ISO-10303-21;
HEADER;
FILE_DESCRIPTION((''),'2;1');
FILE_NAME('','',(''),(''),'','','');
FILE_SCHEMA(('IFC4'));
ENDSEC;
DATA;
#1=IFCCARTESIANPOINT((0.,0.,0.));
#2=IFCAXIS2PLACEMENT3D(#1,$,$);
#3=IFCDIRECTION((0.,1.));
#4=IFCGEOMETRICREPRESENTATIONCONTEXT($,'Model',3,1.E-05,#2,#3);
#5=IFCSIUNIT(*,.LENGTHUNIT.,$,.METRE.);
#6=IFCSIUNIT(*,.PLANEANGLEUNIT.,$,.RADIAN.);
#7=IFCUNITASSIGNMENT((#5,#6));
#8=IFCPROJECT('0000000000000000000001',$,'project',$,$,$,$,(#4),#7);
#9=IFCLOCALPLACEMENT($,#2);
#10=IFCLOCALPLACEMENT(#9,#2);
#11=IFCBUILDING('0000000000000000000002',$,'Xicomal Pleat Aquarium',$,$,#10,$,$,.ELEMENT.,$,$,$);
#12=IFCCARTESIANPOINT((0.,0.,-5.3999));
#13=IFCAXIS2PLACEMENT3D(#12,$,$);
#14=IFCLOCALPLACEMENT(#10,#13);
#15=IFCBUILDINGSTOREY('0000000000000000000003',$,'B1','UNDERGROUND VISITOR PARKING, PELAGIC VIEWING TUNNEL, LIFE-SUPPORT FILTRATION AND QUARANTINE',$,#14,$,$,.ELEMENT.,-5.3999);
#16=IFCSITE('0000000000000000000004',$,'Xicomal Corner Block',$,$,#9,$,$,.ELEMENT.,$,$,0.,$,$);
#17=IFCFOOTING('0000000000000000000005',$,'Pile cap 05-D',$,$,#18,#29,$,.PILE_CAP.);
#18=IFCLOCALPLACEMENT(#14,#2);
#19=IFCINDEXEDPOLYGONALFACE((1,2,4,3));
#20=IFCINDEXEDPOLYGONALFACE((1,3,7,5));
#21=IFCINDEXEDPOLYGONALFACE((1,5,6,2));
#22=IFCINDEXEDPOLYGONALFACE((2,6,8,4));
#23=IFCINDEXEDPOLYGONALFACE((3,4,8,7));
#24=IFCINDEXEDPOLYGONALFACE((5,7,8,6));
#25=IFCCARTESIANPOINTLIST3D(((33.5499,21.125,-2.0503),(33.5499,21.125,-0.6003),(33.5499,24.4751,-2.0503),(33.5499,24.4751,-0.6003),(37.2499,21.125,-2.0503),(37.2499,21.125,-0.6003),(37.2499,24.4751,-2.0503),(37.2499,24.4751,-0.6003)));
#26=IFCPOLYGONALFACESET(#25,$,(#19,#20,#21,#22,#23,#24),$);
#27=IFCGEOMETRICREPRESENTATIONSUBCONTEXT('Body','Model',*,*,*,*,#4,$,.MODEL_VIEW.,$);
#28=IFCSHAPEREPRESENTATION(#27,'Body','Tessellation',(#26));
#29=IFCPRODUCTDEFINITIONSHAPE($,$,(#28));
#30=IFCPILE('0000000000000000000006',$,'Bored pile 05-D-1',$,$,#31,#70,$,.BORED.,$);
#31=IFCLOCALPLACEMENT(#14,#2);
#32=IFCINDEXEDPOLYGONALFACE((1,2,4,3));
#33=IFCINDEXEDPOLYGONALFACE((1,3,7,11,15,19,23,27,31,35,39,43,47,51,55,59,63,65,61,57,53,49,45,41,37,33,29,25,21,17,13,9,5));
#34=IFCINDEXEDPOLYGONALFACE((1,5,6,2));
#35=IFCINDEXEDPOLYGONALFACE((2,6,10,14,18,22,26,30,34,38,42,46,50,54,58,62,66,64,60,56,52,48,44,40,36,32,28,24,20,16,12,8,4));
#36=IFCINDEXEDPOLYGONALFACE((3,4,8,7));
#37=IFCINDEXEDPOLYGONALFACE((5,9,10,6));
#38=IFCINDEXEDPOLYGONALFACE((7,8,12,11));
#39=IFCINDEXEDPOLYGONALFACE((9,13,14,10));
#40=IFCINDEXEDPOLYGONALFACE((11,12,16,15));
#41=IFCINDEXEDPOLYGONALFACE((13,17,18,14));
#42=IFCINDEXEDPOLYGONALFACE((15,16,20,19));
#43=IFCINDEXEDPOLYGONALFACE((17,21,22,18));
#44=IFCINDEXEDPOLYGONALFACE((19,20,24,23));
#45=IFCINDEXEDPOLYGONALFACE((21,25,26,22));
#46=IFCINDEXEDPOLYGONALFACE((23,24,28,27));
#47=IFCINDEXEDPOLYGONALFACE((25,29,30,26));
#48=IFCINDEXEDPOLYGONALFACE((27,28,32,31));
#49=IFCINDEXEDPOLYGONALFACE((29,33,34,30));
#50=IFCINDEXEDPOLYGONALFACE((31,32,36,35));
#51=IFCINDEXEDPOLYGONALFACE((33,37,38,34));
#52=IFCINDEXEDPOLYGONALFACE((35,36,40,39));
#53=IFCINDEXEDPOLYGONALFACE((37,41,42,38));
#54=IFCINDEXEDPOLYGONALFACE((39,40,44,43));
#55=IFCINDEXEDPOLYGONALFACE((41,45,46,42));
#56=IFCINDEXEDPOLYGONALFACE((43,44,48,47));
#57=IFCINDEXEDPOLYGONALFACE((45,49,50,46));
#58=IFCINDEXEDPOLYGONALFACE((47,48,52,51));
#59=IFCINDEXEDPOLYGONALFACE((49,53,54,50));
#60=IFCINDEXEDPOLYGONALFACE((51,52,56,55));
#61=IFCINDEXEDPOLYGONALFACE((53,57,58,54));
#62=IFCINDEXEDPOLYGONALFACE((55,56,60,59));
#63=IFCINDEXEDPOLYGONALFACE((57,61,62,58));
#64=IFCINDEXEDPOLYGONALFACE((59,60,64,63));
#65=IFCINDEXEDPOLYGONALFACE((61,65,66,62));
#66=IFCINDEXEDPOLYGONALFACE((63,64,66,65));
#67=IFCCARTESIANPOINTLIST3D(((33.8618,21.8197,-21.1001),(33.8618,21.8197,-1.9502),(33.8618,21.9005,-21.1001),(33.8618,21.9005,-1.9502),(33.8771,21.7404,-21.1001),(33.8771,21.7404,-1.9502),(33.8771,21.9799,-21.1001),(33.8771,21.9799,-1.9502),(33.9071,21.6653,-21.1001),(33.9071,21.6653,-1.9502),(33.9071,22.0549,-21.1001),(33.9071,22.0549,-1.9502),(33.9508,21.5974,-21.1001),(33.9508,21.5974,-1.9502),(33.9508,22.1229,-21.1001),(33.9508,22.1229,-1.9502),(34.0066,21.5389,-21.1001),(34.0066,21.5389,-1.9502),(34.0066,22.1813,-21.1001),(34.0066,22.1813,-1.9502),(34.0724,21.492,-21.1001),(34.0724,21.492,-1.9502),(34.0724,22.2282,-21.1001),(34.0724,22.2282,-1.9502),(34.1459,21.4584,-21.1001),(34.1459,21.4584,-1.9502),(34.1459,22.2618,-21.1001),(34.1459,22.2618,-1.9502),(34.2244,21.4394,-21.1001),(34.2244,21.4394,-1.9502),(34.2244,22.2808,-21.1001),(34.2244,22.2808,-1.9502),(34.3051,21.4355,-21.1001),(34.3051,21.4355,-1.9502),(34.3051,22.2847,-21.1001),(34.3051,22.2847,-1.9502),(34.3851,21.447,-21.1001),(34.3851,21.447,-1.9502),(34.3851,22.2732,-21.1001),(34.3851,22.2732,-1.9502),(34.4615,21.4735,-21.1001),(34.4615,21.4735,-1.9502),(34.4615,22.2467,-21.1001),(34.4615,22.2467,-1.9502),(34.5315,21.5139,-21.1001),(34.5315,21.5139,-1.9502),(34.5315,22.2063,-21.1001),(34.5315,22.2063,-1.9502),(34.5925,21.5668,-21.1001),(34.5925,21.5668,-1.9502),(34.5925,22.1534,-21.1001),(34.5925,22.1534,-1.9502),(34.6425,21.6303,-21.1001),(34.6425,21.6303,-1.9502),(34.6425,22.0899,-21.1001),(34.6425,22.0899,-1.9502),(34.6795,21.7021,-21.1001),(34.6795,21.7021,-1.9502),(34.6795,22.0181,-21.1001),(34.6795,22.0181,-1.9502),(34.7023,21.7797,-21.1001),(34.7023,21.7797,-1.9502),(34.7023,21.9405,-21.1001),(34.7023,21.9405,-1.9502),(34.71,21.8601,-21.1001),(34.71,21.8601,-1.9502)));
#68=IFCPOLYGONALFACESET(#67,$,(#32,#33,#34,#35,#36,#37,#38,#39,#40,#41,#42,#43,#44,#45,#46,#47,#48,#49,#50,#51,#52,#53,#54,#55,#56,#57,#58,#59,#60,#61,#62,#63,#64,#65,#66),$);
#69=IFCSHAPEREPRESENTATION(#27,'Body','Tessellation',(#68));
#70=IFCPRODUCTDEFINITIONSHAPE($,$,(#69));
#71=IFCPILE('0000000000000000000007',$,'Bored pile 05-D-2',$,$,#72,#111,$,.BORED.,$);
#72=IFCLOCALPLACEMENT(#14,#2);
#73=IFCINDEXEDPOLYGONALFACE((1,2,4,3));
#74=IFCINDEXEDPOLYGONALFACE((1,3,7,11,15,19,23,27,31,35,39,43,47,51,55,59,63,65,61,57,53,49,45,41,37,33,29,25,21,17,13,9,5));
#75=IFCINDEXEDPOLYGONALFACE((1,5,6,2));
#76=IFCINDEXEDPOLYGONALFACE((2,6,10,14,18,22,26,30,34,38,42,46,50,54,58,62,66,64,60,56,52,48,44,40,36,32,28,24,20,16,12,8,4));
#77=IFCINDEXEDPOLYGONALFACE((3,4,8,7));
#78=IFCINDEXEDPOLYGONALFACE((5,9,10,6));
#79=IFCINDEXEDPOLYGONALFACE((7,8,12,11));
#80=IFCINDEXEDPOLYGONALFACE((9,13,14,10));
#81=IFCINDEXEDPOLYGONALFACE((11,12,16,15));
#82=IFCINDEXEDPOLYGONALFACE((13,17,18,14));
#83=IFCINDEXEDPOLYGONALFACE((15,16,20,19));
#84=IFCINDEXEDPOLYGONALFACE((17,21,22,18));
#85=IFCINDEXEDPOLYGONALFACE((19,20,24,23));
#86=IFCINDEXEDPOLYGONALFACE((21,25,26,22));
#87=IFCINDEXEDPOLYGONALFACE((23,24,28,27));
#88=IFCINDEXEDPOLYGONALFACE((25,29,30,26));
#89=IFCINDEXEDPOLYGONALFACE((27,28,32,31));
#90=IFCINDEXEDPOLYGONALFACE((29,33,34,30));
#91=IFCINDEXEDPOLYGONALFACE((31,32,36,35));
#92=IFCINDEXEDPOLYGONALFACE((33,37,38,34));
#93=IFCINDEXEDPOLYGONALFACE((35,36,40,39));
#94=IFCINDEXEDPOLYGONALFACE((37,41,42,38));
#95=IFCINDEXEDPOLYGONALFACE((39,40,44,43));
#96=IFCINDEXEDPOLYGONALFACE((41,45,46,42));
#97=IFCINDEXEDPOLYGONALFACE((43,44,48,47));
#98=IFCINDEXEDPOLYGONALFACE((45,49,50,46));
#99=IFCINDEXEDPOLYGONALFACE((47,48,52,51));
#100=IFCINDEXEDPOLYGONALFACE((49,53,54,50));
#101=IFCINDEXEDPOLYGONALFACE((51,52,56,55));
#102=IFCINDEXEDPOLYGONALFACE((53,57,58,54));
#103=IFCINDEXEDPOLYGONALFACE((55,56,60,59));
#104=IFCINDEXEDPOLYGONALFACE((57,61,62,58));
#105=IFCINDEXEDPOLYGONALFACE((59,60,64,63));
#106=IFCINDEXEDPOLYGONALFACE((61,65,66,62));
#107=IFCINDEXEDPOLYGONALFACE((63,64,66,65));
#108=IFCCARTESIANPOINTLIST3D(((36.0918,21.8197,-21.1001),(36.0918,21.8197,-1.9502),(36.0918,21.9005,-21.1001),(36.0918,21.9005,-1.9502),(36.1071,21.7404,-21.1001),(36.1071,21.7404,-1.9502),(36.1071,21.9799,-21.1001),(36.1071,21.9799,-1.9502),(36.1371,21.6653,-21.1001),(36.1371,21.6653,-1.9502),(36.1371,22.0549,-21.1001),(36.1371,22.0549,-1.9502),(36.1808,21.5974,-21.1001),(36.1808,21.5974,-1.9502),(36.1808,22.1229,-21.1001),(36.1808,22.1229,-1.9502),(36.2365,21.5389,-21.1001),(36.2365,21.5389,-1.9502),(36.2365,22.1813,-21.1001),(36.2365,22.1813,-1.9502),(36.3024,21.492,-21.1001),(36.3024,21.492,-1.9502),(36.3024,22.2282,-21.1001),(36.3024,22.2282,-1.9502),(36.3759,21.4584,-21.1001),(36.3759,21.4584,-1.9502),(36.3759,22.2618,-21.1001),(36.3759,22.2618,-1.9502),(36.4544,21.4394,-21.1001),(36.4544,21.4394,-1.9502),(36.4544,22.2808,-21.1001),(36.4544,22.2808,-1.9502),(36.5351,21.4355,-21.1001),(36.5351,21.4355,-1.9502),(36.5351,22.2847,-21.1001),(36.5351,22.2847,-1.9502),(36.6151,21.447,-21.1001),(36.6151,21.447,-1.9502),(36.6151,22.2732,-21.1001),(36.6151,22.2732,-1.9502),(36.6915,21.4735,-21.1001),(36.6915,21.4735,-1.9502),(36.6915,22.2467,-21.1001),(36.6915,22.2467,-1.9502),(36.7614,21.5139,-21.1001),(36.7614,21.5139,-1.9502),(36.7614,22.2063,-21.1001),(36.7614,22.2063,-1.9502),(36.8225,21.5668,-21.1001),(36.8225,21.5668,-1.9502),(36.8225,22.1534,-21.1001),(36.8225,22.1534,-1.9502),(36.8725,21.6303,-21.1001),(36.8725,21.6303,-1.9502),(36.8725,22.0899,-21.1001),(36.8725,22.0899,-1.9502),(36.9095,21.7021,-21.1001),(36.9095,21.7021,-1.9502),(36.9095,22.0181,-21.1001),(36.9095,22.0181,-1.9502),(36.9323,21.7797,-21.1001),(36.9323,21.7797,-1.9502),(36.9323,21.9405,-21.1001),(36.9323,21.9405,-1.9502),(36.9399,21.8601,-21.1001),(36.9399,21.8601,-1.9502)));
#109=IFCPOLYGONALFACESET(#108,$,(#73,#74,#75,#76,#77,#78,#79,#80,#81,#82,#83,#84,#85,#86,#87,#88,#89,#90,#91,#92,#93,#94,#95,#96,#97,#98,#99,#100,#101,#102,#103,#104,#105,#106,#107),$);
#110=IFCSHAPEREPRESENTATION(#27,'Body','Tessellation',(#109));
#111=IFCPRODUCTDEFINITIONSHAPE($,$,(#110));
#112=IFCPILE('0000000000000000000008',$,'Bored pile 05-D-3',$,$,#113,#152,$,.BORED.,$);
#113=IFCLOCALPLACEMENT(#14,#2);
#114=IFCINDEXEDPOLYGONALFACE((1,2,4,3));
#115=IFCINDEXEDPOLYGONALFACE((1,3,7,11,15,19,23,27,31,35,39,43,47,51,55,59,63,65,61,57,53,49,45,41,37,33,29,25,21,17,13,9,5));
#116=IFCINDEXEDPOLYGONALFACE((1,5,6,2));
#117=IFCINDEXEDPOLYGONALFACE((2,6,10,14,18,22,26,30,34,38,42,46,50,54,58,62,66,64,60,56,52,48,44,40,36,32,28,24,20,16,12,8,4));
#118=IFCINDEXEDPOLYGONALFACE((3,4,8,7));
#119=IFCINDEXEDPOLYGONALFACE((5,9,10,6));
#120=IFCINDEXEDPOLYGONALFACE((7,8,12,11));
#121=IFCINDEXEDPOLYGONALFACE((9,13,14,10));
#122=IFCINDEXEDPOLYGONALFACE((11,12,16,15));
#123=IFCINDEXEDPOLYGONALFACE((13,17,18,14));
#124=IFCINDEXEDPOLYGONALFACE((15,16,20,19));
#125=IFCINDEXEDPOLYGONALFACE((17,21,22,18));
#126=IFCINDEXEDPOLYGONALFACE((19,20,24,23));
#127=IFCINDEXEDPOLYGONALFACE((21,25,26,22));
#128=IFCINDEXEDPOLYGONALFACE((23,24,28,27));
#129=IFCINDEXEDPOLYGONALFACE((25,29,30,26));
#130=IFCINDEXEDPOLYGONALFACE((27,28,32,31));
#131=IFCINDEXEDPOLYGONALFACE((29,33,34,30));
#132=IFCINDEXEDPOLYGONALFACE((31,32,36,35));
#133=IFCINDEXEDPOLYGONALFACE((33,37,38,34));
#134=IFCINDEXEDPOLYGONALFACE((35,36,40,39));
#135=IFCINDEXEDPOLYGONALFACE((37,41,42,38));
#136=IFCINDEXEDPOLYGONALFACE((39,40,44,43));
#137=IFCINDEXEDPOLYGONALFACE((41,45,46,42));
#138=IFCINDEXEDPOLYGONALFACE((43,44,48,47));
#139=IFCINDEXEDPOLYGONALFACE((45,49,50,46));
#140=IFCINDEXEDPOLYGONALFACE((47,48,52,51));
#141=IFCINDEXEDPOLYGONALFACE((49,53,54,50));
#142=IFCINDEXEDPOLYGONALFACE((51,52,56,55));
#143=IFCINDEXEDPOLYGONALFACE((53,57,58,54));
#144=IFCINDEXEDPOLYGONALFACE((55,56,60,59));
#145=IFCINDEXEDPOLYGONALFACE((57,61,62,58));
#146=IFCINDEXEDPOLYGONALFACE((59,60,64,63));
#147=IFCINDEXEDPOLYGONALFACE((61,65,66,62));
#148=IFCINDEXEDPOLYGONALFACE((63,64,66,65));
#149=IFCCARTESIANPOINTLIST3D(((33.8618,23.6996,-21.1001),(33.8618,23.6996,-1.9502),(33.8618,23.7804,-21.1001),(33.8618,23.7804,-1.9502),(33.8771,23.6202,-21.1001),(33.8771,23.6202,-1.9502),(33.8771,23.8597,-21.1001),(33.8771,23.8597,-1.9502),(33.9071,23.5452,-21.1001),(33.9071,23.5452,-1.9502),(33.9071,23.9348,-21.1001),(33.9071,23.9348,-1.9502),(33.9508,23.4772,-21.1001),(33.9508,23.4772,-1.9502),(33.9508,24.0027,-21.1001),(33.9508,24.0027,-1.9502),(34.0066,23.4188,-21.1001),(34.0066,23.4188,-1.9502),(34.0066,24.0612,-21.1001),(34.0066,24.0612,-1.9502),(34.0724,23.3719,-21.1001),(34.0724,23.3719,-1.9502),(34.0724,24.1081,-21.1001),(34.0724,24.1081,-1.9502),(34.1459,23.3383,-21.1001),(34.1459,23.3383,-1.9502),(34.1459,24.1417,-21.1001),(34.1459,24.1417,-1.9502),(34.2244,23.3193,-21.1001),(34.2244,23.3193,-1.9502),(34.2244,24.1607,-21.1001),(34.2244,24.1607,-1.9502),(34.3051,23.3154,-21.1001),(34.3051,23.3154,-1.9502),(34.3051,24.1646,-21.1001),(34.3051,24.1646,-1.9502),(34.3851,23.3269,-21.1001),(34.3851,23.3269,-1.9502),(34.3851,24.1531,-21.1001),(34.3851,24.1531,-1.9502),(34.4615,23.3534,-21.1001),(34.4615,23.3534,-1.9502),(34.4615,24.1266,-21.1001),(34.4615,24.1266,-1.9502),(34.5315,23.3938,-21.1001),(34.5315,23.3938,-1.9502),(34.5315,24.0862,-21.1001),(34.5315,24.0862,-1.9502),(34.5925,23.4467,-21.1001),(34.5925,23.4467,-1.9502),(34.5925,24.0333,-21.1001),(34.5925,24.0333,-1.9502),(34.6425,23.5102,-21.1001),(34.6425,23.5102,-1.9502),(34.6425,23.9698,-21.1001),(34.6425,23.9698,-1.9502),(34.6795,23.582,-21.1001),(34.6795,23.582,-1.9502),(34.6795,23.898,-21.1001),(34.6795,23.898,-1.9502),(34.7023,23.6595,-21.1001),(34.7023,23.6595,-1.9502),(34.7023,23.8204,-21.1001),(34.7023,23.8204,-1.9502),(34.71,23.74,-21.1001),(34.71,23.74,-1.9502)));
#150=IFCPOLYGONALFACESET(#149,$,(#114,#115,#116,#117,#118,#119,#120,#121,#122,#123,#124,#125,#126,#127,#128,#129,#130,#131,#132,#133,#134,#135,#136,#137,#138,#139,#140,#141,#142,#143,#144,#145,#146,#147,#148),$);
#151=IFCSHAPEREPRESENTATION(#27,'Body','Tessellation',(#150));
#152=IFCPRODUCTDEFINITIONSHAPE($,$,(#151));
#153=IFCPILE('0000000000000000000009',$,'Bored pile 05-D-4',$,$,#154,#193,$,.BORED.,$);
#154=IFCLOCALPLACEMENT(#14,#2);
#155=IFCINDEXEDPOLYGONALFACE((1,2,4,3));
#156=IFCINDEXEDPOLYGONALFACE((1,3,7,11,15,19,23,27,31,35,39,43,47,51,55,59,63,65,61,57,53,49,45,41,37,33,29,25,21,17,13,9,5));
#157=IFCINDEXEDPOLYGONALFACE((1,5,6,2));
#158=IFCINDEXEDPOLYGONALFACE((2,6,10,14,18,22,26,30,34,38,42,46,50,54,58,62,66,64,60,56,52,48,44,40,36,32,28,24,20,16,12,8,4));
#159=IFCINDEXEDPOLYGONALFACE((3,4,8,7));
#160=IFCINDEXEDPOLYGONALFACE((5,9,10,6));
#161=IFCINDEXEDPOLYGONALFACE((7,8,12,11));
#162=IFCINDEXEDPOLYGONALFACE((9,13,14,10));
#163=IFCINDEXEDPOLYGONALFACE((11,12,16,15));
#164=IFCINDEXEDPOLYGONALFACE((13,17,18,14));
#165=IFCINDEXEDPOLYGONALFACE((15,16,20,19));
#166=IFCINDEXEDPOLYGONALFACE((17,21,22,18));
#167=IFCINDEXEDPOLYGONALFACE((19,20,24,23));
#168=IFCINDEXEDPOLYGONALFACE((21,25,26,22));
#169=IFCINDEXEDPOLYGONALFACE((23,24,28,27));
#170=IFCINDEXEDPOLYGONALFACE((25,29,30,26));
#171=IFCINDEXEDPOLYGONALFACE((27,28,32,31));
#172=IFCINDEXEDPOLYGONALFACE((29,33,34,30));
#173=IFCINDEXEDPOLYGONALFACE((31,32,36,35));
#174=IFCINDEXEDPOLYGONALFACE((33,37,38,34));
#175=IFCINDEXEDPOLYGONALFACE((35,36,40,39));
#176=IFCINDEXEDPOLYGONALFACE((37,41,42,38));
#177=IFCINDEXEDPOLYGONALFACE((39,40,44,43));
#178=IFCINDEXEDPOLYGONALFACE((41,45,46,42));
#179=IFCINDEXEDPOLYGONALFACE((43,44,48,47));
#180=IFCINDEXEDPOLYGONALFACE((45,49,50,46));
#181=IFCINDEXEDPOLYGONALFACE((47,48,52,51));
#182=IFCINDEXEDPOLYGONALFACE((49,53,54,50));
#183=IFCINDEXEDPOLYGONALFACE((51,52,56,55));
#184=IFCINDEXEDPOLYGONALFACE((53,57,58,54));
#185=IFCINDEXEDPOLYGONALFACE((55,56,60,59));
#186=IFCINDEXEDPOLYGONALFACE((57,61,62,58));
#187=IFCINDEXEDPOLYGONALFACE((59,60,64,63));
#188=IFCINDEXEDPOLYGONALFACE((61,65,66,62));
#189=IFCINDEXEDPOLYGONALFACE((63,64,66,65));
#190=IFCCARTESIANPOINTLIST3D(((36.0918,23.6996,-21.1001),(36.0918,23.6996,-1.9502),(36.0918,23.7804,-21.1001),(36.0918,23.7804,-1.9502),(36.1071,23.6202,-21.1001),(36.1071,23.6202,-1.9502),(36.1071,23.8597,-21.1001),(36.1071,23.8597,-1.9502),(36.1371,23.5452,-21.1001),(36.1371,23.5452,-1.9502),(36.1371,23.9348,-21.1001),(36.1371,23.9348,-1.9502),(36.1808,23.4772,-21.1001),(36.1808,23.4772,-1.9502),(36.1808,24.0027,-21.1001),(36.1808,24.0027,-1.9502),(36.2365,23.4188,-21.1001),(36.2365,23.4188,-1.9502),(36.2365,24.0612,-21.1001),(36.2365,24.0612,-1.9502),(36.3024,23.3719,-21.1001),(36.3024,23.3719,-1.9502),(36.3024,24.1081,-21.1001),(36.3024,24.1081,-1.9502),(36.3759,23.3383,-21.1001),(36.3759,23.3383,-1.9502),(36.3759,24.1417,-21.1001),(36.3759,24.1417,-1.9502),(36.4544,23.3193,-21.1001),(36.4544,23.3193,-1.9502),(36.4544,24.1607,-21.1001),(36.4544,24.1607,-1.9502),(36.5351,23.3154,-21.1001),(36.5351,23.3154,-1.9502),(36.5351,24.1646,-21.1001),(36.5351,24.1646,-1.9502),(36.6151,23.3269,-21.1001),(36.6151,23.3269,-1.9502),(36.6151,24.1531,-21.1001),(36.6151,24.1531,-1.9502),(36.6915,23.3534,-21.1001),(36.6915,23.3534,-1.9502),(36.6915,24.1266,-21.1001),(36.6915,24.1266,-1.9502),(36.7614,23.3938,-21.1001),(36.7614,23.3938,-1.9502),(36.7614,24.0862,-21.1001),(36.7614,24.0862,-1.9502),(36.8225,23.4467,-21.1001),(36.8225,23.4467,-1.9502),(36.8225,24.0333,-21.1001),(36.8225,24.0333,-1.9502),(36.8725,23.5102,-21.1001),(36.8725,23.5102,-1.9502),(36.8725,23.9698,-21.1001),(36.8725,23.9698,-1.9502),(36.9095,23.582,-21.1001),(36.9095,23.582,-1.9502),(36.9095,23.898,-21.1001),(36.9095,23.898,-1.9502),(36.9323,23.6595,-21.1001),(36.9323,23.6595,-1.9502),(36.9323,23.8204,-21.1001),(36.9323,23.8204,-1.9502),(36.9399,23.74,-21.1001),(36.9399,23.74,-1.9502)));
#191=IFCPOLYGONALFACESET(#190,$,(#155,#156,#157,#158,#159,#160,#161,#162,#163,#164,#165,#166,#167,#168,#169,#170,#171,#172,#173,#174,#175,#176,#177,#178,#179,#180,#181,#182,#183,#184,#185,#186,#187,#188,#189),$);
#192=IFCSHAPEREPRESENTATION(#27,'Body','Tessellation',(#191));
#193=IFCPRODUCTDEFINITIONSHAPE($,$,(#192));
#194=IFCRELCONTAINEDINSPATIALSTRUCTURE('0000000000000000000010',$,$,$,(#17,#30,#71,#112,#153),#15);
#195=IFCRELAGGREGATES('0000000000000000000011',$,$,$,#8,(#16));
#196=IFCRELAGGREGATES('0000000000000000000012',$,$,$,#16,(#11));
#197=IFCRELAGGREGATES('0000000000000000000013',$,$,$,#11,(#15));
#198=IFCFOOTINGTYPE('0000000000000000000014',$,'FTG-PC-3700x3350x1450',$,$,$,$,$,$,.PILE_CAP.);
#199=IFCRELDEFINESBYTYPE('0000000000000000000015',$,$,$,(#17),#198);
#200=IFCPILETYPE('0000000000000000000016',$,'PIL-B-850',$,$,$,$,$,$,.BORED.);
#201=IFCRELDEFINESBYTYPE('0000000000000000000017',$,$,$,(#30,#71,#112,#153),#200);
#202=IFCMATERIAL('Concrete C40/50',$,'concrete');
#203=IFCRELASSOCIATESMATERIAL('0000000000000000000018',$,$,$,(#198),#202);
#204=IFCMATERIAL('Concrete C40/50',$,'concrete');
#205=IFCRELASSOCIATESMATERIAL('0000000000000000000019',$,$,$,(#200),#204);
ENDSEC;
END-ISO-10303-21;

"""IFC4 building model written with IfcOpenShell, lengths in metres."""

from ifc_helpers import new_model, si_unit, direction, frame, origin, origin_2d, place, context, subcontext, project, spatial, rectangle, circle, extrude, material, material_profile, profile_set, type_object, element, save


model = new_model("IFC4")

# Units and contexts
model_context = context("Model", 3, precision=1e-05, world=origin(), true_north=direction((0.0, 1.0)))
body_context = subcontext(model_context, "Body", "Model", "MODEL_VIEW")
ifc_project = project(units=[si_unit("LENGTHUNIT", "METRE"), si_unit("PLANEANGLEUNIT", "RADIAN")], contexts=[model_context])

# Site, building, storey
site_placement = place(None, origin())
site = spatial("IfcSite", under=ifc_project, at=site_placement, Name="Xicomal Corner Block", CompositionType="ELEMENT", RefElevation=0.0)
building_placement = place(site_placement, origin())
building = spatial("IfcBuilding", under=site, at=building_placement, Name="Xicomal Pleat Aquarium", CompositionType="ELEMENT")
storey_placement = place(building_placement, frame((0.0, 0.0, -5.3999)))
storey = spatial("IfcBuildingStorey", under=building, at=storey_placement, Name="B1", Description="UNDERGROUND VISITOR PARKING, PELAGIC VIEWING TUNNEL, LIFE-SUPPORT FILTRATION AND QUARANTINE", CompositionType="ELEMENT", Elevation=-5.3999)

# Footing
ifc_material_1 = material(Name="Concrete C40/50", Category="concrete")
footing_type = type_object("IfcFootingType", Name="FTG-PC-3700x3350x1450", PredefinedType="PILE_CAP", material=ifc_material_1)
footing_placement = place(storey_placement, frame((35.3999, 22.8, -2.0503), z_axis=(0.0, 0.0, 1.0), x_axis=(1.0, 0.0, 0.0)))
element("IfcFooting", 1, at=footing_placement, inside=storey, type_object=footing_type, Name="Pile cap 05-D", PredefinedType="PILE_CAP", context=body_context, shape_type="SweptSolid", body=[
    extrude(rectangle(XDim=3.7, YDim=3.3501, at=origin_2d()), origin(), (0.0, 0.0, 1.0), 1.45),
])

# Piles
ifc_material_2 = material(Name="Concrete C40/50", Category="concrete")
ifc_material_profile_1 = material_profile(ifc_material_2, circle(Radius=0.425, at=origin_2d()), Name="BORED PILE D850")
ifc_profile_set_1 = profile_set([ifc_material_profile_1], Name="Concrete C40/50")
pile_type_1 = type_object("IfcPileType", Name="PIL-B-850", PredefinedType="BORED", material=ifc_profile_set_1)
for number, where, z_axis, x_axis, name in (
    (2, (34.2849, 21.8601, -1.9502), (0.0, 0.0, -1.0), (1.0, 0.0, 0.0), "Bored pile 05-D-1"),
    (3, (36.5149, 21.8601, -1.9502), (0.0, 0.0, -1.0), (1.0, 0.0, 0.0), "Bored pile 05-D-2"),
    (4, (34.2849, 23.74, -1.9502), (0.0, 0.0, -1.0), (1.0, 0.0, 0.0), "Bored pile 05-D-3"),
    (5, (36.5149, 23.74, -1.9502), (0.0, 0.0, -1.0), (1.0, 0.0, 0.0), "Bored pile 05-D-4"),
):
    element("IfcPile", number, at=place(storey_placement, frame(where, z_axis=z_axis, x_axis=x_axis)), inside=storey, type_object=pile_type_1, Name=name, PredefinedType="BORED", context=body_context, shape_type="SweptSolid", body=[
        extrude(circle(Radius=0.425, at=origin_2d()), origin(), (0.0, 0.0, 1.0), 19.1499),
    ])

save(model, "model.ifc")
